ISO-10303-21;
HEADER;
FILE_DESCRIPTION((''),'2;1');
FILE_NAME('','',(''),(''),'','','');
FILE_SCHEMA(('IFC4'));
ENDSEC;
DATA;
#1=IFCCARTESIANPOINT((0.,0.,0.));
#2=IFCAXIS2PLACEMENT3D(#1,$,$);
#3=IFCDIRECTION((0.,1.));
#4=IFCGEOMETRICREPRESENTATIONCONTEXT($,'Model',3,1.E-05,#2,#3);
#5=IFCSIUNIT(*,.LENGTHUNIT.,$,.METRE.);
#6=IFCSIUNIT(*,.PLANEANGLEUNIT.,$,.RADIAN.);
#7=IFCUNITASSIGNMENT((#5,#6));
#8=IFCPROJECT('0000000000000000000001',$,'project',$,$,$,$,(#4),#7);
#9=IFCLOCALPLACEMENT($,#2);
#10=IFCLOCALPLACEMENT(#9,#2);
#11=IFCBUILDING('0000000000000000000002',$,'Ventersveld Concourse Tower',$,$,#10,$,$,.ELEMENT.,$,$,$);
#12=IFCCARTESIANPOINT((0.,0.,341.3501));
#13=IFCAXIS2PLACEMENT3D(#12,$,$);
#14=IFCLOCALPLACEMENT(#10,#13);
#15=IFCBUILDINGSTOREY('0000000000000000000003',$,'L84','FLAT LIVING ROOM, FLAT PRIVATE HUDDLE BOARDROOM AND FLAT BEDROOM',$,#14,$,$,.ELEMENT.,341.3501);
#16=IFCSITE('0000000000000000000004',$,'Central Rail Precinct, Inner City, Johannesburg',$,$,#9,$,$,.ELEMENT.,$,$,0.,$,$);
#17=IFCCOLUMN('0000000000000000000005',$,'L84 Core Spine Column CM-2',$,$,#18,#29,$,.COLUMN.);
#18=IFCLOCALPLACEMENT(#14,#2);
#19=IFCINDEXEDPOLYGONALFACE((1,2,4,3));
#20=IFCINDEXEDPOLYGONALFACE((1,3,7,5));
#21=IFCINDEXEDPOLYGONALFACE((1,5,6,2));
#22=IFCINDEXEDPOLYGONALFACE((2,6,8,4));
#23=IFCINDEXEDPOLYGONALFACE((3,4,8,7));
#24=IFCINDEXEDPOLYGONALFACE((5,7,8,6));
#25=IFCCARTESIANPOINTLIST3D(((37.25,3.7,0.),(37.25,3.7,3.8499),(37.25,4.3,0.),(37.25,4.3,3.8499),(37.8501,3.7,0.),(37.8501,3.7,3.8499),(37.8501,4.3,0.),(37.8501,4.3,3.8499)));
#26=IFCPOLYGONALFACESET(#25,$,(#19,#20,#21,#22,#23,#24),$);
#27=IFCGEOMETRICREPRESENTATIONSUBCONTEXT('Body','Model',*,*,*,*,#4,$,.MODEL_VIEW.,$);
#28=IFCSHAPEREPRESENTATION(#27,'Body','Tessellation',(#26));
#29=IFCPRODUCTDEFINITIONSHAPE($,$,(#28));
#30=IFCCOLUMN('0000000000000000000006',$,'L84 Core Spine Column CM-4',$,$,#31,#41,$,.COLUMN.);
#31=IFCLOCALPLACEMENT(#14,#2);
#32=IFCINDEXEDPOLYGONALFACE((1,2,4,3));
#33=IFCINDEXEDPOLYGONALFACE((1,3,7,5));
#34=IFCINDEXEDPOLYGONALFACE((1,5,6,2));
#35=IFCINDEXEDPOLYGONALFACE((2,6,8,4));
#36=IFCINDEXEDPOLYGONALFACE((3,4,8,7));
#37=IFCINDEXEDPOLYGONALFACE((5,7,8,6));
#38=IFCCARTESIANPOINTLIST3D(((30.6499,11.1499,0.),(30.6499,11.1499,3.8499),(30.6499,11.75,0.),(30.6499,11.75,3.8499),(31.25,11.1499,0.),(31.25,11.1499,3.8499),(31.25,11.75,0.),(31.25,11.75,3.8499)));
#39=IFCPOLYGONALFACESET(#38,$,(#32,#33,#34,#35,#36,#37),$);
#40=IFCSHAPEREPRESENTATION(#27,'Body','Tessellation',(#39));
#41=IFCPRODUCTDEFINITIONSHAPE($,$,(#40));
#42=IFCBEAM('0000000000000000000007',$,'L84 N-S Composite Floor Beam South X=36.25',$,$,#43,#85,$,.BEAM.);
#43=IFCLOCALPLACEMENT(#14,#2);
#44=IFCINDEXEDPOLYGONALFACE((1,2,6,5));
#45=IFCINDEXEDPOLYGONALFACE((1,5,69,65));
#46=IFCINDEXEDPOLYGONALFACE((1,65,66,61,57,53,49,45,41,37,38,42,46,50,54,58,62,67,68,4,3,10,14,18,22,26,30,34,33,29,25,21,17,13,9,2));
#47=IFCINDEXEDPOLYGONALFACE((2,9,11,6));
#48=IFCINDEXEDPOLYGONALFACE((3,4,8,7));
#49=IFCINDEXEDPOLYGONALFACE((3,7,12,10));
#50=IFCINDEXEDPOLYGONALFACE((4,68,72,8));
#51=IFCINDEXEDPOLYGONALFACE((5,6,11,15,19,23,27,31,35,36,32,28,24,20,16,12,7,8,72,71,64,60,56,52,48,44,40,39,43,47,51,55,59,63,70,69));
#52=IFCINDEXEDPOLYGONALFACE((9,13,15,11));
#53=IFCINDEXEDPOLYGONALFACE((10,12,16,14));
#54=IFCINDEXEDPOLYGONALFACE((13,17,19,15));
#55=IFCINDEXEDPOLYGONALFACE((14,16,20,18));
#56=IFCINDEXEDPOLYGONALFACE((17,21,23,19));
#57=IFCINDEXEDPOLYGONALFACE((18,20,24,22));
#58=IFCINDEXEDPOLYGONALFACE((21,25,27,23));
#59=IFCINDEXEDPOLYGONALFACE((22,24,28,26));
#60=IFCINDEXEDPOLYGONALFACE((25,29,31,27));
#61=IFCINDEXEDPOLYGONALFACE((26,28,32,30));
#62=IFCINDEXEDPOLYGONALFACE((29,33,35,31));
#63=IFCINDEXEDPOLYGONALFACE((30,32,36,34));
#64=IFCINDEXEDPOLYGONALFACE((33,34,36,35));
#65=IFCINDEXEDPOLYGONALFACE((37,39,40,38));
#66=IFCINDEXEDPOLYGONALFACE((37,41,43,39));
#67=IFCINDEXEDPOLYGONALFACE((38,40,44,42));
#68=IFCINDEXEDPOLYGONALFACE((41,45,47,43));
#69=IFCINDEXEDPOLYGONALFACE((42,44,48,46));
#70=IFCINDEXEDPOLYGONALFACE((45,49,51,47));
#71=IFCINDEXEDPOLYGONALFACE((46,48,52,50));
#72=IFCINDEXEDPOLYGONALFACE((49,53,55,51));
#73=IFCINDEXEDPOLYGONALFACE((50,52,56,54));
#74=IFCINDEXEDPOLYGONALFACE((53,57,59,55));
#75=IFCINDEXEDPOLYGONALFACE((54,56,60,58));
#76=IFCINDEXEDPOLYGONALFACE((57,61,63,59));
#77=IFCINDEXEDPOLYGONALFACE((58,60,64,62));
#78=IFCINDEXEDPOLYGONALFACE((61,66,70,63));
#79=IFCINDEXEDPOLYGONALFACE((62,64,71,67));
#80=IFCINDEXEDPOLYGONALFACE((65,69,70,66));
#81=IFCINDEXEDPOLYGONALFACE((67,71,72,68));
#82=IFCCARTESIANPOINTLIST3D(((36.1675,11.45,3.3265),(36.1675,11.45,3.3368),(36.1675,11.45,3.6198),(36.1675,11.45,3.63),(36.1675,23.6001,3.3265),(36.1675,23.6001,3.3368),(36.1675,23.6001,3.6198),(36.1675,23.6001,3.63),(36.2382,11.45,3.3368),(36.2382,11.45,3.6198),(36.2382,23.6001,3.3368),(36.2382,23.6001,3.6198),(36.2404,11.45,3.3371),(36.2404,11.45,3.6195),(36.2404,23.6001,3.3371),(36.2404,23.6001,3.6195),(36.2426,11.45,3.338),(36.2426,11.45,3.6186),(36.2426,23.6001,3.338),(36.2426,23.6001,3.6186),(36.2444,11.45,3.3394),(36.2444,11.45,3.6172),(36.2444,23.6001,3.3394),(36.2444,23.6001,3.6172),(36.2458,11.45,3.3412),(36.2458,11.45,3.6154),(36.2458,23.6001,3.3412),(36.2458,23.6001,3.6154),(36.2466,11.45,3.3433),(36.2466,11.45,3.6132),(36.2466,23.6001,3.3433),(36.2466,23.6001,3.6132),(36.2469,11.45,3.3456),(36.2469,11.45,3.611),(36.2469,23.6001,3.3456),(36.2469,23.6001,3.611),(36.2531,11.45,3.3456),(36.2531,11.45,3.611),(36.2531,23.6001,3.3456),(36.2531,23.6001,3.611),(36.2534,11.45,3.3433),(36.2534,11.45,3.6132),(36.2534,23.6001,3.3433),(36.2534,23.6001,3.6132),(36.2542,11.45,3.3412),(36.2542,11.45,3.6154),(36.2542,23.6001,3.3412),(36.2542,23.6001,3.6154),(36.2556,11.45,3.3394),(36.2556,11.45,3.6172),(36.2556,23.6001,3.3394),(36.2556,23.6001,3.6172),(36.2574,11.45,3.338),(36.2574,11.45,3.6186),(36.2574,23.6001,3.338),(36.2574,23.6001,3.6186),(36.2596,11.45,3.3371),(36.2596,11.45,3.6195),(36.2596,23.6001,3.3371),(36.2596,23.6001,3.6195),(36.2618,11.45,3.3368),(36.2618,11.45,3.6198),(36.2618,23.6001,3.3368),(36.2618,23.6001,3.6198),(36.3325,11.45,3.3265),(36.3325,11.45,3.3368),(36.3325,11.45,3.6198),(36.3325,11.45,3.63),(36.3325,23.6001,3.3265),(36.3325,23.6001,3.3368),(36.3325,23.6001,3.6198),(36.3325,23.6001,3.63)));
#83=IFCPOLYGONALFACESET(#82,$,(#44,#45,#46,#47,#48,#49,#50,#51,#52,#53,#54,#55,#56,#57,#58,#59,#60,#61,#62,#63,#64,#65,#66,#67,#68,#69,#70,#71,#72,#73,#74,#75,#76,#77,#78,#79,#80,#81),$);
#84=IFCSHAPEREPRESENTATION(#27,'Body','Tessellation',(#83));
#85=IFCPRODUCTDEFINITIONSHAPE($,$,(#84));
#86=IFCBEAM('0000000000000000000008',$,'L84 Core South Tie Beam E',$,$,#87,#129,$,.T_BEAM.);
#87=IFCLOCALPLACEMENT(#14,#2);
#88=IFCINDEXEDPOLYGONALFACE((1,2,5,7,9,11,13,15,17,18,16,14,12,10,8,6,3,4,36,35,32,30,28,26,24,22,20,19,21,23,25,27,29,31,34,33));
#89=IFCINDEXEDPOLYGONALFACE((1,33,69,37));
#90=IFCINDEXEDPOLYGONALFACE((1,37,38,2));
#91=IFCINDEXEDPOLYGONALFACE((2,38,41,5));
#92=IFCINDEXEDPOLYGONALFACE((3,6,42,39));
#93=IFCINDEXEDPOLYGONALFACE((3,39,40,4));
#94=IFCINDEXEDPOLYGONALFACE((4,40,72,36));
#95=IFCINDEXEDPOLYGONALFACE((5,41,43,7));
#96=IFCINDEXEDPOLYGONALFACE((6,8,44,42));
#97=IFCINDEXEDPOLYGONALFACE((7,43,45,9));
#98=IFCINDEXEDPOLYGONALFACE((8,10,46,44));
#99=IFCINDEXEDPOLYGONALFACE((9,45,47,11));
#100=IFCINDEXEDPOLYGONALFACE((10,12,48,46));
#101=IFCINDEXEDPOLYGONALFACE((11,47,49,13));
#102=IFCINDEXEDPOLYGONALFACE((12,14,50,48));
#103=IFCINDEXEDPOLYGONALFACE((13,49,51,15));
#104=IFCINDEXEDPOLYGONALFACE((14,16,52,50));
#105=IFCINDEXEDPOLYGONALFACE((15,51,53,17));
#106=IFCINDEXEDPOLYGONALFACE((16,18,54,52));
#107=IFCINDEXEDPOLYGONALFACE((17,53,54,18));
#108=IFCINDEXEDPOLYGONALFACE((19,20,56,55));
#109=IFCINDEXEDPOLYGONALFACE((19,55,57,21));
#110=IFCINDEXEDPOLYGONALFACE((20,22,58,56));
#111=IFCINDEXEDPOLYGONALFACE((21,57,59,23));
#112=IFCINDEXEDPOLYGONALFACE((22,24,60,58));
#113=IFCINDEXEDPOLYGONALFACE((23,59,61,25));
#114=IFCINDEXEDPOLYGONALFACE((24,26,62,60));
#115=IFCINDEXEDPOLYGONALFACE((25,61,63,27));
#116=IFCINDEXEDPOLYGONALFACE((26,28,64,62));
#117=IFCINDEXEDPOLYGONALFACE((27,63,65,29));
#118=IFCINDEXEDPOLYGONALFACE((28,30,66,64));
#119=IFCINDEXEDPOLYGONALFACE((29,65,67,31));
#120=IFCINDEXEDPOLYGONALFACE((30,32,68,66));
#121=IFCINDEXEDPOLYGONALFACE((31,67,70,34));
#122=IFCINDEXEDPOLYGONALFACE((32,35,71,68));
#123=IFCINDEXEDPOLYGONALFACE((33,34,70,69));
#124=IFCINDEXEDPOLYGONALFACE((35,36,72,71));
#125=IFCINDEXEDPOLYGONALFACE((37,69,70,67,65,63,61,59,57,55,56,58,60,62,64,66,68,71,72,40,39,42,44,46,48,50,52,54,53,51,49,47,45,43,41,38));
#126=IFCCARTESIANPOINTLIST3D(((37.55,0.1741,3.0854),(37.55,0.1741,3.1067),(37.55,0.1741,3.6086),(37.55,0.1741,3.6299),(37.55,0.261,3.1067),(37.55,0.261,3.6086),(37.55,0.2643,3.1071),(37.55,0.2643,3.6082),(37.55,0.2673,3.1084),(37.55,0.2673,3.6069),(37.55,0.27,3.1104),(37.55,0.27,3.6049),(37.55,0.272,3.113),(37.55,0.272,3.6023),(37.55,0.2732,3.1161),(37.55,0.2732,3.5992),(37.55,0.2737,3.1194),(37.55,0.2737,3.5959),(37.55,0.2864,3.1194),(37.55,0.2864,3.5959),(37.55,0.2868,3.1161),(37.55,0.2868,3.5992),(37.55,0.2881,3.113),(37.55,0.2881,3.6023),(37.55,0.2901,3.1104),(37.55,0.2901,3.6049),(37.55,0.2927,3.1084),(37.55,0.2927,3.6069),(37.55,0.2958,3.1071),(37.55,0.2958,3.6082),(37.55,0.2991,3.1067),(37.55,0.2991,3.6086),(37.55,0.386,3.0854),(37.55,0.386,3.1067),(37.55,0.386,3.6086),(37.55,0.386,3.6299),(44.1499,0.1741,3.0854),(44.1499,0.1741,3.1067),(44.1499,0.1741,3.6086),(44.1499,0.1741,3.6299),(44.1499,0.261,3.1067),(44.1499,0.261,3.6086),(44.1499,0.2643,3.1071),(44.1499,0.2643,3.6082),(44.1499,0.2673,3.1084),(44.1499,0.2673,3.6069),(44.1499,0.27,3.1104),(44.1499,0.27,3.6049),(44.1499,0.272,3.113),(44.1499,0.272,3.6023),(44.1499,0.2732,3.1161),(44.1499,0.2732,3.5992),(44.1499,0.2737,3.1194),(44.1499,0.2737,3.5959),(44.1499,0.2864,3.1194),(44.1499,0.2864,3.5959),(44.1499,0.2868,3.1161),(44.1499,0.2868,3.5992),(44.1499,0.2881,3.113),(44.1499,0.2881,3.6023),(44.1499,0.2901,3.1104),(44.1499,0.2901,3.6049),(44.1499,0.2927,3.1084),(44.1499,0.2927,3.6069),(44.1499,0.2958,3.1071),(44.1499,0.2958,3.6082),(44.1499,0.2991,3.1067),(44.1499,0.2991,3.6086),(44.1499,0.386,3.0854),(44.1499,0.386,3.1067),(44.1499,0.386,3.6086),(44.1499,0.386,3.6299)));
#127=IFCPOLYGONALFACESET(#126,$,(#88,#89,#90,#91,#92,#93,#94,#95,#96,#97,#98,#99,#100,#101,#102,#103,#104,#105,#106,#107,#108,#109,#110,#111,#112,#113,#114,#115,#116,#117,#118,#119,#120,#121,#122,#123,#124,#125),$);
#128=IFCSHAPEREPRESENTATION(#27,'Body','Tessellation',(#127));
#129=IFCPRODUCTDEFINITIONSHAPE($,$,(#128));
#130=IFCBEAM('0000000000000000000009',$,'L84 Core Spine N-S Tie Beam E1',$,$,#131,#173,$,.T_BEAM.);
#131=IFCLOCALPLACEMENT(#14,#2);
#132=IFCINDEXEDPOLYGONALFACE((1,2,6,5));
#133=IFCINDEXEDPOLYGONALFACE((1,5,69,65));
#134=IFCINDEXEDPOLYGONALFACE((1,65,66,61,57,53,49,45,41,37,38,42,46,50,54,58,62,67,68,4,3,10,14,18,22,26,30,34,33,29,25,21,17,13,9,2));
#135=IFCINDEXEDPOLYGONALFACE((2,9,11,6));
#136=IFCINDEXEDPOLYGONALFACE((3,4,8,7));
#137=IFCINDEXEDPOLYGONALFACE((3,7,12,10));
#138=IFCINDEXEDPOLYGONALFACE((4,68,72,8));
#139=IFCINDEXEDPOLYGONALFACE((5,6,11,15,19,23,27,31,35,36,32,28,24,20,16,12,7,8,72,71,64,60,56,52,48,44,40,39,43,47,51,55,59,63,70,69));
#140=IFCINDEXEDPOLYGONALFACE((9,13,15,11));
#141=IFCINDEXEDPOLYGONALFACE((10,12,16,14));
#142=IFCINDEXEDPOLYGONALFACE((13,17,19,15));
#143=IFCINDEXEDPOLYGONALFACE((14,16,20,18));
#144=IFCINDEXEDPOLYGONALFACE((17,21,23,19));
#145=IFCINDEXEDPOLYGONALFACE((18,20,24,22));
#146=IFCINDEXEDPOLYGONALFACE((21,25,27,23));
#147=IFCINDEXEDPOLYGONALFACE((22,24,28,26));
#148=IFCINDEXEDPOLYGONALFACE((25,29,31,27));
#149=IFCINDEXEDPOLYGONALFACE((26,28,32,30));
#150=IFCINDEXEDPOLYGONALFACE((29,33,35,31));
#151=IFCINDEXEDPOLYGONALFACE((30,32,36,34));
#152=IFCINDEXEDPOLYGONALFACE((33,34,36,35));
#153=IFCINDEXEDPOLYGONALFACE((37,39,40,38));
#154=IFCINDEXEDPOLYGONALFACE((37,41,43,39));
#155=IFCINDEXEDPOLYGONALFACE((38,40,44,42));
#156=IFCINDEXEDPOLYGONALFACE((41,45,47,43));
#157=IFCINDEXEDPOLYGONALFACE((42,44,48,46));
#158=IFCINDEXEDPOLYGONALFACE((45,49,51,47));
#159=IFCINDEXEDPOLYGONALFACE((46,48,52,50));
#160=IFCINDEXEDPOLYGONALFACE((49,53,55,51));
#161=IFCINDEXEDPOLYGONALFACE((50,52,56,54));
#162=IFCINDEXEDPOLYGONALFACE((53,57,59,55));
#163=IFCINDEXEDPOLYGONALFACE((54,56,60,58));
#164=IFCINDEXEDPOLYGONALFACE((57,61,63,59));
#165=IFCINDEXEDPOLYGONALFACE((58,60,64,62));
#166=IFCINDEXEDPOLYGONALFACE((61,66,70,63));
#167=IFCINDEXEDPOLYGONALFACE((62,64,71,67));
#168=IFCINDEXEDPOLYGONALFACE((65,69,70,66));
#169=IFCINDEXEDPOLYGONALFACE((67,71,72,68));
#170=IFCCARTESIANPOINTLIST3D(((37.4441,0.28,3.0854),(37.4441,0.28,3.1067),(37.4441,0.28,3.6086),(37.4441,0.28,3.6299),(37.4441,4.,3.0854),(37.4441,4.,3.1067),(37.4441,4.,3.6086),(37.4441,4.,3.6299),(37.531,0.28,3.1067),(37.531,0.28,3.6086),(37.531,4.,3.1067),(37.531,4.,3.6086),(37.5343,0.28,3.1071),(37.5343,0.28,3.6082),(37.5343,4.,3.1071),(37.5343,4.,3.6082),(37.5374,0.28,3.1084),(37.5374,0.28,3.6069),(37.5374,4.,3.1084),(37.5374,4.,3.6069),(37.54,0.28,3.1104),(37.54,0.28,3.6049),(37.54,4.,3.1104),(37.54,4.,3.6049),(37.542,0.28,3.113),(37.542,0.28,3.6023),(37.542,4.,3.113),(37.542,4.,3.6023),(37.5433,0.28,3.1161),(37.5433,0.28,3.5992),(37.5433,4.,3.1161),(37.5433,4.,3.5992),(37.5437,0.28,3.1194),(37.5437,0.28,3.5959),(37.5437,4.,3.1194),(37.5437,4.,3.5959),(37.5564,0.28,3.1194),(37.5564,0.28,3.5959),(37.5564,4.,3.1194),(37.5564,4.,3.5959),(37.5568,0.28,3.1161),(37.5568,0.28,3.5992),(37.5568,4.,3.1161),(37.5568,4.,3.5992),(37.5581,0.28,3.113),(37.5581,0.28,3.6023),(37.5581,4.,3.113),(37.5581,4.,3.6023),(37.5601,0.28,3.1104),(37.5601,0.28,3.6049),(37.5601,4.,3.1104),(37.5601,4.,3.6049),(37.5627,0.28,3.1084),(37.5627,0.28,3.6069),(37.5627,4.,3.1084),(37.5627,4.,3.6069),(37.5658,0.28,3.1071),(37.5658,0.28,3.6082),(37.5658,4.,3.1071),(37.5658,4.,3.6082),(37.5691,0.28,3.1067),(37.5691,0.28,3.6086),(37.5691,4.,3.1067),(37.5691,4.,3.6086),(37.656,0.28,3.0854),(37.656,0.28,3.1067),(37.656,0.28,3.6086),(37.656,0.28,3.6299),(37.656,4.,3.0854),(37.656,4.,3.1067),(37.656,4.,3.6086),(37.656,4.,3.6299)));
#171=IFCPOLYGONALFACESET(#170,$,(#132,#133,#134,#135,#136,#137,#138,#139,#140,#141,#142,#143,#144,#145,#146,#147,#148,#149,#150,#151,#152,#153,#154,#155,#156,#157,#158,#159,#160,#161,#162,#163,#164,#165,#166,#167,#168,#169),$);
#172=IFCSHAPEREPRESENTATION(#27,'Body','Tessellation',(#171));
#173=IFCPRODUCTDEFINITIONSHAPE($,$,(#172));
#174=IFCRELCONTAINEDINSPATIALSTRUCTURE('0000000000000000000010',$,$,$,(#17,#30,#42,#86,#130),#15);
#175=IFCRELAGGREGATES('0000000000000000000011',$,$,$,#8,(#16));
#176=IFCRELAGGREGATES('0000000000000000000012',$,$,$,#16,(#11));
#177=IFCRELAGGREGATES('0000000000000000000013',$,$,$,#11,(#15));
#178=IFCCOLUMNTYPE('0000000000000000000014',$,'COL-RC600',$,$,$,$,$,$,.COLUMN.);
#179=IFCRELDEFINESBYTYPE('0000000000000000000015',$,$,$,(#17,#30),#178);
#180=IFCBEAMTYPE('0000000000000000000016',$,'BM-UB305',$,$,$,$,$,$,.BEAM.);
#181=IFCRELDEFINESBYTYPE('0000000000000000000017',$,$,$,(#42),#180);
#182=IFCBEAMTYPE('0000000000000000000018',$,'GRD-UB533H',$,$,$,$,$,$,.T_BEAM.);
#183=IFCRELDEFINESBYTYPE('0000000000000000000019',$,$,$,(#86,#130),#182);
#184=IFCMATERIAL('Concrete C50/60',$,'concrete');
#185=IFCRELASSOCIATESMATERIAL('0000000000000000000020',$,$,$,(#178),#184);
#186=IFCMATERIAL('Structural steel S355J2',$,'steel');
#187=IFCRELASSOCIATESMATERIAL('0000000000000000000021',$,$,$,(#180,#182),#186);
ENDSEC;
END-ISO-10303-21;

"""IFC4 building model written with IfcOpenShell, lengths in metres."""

from ifc_helpers import new_model, si_unit, direction, frame, origin, origin_2d, place, context, subcontext, project, spatial, rectangle, i_section, extrude, material, material_profile, profile_set, type_object, element, save


model = new_model("IFC4")

# Units and contexts
model_context = context("Model", 3, precision=1e-05, world=origin(), true_north=direction((0.0, 1.0)))
body_context = subcontext(model_context, "Body", "Model", "MODEL_VIEW")
ifc_project = project(units=[si_unit("LENGTHUNIT", "METRE"), si_unit("PLANEANGLEUNIT", "RADIAN")], contexts=[model_context])

# Site, building, storey
site_placement = place(None, origin())
site = spatial("IfcSite", under=ifc_project, at=site_placement, Name="Central Rail Precinct, Inner City, Johannesburg", CompositionType="ELEMENT", RefElevation=0.0)
building_placement = place(site_placement, origin())
building = spatial("IfcBuilding", under=site, at=building_placement, Name="Ventersveld Concourse Tower", CompositionType="ELEMENT")
storey_placement = place(building_placement, frame((0.0, 0.0, 341.3501)))
storey = spatial("IfcBuildingStorey", under=building, at=storey_placement, Name="L84", Description="FLAT LIVING ROOM, FLAT PRIVATE HUDDLE BOARDROOM AND FLAT BEDROOM", CompositionType="ELEMENT", Elevation=341.3501)

# Columns
ifc_material_1 = material(Name="Concrete C50/60", Category="concrete")
ifc_material_profile_1 = material_profile(ifc_material_1, rectangle(XDim=0.6001, YDim=0.6001, at=origin_2d()), Name="RC 600x600")
ifc_profile_set_1 = profile_set([ifc_material_profile_1], Name="Concrete C50/60")
column_type = type_object("IfcColumnType", Name="COL-RC600", PredefinedType="COLUMN", material=ifc_profile_set_1)
for number, where, z_axis, x_axis, name in (
    (1, (37.55, 4.0, 0.0), (0.0, 0.0, 1.0), (1.0, 0.0, 0.0), "L84 Core Spine Column CM-2"),
    (2, (30.95, 11.45, 0.0), (0.0, 0.0, 1.0), (1.0, 0.0, 0.0), "L84 Core Spine Column CM-4"),
):
    element("IfcColumn", number, at=place(storey_placement, frame(where, z_axis=z_axis, x_axis=x_axis)), inside=storey, type_object=column_type, Name=name, PredefinedType="COLUMN", context=body_context, shape_type="SweptSolid", body=[
        extrude(rectangle(XDim=0.6001, YDim=0.6001, at=origin_2d()), origin(), (0.0, 0.0, 1.0), 3.8499),
    ])

# Beams
ifc_material_2 = material(Name="Structural steel S355J2", Category="steel")
ifc_material_profile_2 = material_profile(ifc_material_2, i_section(OverallWidth=0.165, OverallDepth=0.3035, WebThickness=0.0061, FlangeThickness=0.0103, FilletRadius=0.0088, at=origin_2d()), Name="UB 305x165x40")
ifc_profile_set_2 = profile_set([ifc_material_profile_2], Name="Structural steel S355J2")
beam_type_1 = type_object("IfcBeamType", Name="BM-UB305", PredefinedType="BEAM", material=ifc_profile_set_2)
beam_1_placement = place(storey_placement, frame((36.25, 11.45, 3.4783), z_axis=(0.0, 1.0, 0.0), x_axis=(-1.0, 0.0, 0.0)))
element("IfcBeam", 3, at=beam_1_placement, inside=storey, type_object=beam_type_1, Name="L84 N-S Composite Floor Beam South X=36.25", PredefinedType="BEAM", context=body_context, shape_type="SweptSolid", body=[
    extrude(i_section(OverallWidth=0.165, OverallDepth=0.3035, WebThickness=0.0061, FlangeThickness=0.0103, FilletRadius=0.0088, at=origin_2d()), origin(), (0.0, 0.0, 1.0), 12.1501),
])
ifc_material_profile_3 = material_profile(ifc_material_2, i_section(OverallWidth=0.2119, OverallDepth=0.5444, WebThickness=0.0127, FlangeThickness=0.0212, FilletRadius=0.0127, at=origin_2d()), Name="UB 533x210x122")
ifc_profile_set_3 = profile_set([ifc_material_profile_3], Name="Structural steel S355J2")
beam_type_2 = type_object("IfcBeamType", Name="GRD-UB533H", PredefinedType="T_BEAM", material=ifc_profile_set_3)
beam_2_placement = place(storey_placement, frame((37.55, 0.28, 3.3577), z_axis=(1.0, 0.0, 0.0), x_axis=(0.0, 1.0, 0.0)))
element("IfcBeam", 4, at=beam_2_placement, inside=storey, type_object=beam_type_2, Name="L84 Core South Tie Beam E", PredefinedType="T_BEAM", context=body_context, shape_type="SweptSolid", body=[
    extrude(i_section(OverallWidth=0.2119, OverallDepth=0.5444, WebThickness=0.0127, FlangeThickness=0.0212, FilletRadius=0.0127, at=origin_2d()), origin(), (0.0, 0.0, 1.0), 6.5999),
])
beam_3_placement = place(storey_placement, frame((37.55, 0.28, 3.3577), z_axis=(0.0, 1.0, 0.0), x_axis=(-1.0, 0.0, 0.0)))
element("IfcBeam", 5, at=beam_3_placement, inside=storey, type_object=beam_type_2, Name="L84 Core Spine N-S Tie Beam E1", PredefinedType="T_BEAM", context=body_context, shape_type="SweptSolid", body=[
    extrude(i_section(OverallWidth=0.2119, OverallDepth=0.5444, WebThickness=0.0127, FlangeThickness=0.0212, FilletRadius=0.0127, at=origin_2d()), origin(), (0.0, 0.0, 1.0), 3.72),
])

save(model, "model.ifc")
